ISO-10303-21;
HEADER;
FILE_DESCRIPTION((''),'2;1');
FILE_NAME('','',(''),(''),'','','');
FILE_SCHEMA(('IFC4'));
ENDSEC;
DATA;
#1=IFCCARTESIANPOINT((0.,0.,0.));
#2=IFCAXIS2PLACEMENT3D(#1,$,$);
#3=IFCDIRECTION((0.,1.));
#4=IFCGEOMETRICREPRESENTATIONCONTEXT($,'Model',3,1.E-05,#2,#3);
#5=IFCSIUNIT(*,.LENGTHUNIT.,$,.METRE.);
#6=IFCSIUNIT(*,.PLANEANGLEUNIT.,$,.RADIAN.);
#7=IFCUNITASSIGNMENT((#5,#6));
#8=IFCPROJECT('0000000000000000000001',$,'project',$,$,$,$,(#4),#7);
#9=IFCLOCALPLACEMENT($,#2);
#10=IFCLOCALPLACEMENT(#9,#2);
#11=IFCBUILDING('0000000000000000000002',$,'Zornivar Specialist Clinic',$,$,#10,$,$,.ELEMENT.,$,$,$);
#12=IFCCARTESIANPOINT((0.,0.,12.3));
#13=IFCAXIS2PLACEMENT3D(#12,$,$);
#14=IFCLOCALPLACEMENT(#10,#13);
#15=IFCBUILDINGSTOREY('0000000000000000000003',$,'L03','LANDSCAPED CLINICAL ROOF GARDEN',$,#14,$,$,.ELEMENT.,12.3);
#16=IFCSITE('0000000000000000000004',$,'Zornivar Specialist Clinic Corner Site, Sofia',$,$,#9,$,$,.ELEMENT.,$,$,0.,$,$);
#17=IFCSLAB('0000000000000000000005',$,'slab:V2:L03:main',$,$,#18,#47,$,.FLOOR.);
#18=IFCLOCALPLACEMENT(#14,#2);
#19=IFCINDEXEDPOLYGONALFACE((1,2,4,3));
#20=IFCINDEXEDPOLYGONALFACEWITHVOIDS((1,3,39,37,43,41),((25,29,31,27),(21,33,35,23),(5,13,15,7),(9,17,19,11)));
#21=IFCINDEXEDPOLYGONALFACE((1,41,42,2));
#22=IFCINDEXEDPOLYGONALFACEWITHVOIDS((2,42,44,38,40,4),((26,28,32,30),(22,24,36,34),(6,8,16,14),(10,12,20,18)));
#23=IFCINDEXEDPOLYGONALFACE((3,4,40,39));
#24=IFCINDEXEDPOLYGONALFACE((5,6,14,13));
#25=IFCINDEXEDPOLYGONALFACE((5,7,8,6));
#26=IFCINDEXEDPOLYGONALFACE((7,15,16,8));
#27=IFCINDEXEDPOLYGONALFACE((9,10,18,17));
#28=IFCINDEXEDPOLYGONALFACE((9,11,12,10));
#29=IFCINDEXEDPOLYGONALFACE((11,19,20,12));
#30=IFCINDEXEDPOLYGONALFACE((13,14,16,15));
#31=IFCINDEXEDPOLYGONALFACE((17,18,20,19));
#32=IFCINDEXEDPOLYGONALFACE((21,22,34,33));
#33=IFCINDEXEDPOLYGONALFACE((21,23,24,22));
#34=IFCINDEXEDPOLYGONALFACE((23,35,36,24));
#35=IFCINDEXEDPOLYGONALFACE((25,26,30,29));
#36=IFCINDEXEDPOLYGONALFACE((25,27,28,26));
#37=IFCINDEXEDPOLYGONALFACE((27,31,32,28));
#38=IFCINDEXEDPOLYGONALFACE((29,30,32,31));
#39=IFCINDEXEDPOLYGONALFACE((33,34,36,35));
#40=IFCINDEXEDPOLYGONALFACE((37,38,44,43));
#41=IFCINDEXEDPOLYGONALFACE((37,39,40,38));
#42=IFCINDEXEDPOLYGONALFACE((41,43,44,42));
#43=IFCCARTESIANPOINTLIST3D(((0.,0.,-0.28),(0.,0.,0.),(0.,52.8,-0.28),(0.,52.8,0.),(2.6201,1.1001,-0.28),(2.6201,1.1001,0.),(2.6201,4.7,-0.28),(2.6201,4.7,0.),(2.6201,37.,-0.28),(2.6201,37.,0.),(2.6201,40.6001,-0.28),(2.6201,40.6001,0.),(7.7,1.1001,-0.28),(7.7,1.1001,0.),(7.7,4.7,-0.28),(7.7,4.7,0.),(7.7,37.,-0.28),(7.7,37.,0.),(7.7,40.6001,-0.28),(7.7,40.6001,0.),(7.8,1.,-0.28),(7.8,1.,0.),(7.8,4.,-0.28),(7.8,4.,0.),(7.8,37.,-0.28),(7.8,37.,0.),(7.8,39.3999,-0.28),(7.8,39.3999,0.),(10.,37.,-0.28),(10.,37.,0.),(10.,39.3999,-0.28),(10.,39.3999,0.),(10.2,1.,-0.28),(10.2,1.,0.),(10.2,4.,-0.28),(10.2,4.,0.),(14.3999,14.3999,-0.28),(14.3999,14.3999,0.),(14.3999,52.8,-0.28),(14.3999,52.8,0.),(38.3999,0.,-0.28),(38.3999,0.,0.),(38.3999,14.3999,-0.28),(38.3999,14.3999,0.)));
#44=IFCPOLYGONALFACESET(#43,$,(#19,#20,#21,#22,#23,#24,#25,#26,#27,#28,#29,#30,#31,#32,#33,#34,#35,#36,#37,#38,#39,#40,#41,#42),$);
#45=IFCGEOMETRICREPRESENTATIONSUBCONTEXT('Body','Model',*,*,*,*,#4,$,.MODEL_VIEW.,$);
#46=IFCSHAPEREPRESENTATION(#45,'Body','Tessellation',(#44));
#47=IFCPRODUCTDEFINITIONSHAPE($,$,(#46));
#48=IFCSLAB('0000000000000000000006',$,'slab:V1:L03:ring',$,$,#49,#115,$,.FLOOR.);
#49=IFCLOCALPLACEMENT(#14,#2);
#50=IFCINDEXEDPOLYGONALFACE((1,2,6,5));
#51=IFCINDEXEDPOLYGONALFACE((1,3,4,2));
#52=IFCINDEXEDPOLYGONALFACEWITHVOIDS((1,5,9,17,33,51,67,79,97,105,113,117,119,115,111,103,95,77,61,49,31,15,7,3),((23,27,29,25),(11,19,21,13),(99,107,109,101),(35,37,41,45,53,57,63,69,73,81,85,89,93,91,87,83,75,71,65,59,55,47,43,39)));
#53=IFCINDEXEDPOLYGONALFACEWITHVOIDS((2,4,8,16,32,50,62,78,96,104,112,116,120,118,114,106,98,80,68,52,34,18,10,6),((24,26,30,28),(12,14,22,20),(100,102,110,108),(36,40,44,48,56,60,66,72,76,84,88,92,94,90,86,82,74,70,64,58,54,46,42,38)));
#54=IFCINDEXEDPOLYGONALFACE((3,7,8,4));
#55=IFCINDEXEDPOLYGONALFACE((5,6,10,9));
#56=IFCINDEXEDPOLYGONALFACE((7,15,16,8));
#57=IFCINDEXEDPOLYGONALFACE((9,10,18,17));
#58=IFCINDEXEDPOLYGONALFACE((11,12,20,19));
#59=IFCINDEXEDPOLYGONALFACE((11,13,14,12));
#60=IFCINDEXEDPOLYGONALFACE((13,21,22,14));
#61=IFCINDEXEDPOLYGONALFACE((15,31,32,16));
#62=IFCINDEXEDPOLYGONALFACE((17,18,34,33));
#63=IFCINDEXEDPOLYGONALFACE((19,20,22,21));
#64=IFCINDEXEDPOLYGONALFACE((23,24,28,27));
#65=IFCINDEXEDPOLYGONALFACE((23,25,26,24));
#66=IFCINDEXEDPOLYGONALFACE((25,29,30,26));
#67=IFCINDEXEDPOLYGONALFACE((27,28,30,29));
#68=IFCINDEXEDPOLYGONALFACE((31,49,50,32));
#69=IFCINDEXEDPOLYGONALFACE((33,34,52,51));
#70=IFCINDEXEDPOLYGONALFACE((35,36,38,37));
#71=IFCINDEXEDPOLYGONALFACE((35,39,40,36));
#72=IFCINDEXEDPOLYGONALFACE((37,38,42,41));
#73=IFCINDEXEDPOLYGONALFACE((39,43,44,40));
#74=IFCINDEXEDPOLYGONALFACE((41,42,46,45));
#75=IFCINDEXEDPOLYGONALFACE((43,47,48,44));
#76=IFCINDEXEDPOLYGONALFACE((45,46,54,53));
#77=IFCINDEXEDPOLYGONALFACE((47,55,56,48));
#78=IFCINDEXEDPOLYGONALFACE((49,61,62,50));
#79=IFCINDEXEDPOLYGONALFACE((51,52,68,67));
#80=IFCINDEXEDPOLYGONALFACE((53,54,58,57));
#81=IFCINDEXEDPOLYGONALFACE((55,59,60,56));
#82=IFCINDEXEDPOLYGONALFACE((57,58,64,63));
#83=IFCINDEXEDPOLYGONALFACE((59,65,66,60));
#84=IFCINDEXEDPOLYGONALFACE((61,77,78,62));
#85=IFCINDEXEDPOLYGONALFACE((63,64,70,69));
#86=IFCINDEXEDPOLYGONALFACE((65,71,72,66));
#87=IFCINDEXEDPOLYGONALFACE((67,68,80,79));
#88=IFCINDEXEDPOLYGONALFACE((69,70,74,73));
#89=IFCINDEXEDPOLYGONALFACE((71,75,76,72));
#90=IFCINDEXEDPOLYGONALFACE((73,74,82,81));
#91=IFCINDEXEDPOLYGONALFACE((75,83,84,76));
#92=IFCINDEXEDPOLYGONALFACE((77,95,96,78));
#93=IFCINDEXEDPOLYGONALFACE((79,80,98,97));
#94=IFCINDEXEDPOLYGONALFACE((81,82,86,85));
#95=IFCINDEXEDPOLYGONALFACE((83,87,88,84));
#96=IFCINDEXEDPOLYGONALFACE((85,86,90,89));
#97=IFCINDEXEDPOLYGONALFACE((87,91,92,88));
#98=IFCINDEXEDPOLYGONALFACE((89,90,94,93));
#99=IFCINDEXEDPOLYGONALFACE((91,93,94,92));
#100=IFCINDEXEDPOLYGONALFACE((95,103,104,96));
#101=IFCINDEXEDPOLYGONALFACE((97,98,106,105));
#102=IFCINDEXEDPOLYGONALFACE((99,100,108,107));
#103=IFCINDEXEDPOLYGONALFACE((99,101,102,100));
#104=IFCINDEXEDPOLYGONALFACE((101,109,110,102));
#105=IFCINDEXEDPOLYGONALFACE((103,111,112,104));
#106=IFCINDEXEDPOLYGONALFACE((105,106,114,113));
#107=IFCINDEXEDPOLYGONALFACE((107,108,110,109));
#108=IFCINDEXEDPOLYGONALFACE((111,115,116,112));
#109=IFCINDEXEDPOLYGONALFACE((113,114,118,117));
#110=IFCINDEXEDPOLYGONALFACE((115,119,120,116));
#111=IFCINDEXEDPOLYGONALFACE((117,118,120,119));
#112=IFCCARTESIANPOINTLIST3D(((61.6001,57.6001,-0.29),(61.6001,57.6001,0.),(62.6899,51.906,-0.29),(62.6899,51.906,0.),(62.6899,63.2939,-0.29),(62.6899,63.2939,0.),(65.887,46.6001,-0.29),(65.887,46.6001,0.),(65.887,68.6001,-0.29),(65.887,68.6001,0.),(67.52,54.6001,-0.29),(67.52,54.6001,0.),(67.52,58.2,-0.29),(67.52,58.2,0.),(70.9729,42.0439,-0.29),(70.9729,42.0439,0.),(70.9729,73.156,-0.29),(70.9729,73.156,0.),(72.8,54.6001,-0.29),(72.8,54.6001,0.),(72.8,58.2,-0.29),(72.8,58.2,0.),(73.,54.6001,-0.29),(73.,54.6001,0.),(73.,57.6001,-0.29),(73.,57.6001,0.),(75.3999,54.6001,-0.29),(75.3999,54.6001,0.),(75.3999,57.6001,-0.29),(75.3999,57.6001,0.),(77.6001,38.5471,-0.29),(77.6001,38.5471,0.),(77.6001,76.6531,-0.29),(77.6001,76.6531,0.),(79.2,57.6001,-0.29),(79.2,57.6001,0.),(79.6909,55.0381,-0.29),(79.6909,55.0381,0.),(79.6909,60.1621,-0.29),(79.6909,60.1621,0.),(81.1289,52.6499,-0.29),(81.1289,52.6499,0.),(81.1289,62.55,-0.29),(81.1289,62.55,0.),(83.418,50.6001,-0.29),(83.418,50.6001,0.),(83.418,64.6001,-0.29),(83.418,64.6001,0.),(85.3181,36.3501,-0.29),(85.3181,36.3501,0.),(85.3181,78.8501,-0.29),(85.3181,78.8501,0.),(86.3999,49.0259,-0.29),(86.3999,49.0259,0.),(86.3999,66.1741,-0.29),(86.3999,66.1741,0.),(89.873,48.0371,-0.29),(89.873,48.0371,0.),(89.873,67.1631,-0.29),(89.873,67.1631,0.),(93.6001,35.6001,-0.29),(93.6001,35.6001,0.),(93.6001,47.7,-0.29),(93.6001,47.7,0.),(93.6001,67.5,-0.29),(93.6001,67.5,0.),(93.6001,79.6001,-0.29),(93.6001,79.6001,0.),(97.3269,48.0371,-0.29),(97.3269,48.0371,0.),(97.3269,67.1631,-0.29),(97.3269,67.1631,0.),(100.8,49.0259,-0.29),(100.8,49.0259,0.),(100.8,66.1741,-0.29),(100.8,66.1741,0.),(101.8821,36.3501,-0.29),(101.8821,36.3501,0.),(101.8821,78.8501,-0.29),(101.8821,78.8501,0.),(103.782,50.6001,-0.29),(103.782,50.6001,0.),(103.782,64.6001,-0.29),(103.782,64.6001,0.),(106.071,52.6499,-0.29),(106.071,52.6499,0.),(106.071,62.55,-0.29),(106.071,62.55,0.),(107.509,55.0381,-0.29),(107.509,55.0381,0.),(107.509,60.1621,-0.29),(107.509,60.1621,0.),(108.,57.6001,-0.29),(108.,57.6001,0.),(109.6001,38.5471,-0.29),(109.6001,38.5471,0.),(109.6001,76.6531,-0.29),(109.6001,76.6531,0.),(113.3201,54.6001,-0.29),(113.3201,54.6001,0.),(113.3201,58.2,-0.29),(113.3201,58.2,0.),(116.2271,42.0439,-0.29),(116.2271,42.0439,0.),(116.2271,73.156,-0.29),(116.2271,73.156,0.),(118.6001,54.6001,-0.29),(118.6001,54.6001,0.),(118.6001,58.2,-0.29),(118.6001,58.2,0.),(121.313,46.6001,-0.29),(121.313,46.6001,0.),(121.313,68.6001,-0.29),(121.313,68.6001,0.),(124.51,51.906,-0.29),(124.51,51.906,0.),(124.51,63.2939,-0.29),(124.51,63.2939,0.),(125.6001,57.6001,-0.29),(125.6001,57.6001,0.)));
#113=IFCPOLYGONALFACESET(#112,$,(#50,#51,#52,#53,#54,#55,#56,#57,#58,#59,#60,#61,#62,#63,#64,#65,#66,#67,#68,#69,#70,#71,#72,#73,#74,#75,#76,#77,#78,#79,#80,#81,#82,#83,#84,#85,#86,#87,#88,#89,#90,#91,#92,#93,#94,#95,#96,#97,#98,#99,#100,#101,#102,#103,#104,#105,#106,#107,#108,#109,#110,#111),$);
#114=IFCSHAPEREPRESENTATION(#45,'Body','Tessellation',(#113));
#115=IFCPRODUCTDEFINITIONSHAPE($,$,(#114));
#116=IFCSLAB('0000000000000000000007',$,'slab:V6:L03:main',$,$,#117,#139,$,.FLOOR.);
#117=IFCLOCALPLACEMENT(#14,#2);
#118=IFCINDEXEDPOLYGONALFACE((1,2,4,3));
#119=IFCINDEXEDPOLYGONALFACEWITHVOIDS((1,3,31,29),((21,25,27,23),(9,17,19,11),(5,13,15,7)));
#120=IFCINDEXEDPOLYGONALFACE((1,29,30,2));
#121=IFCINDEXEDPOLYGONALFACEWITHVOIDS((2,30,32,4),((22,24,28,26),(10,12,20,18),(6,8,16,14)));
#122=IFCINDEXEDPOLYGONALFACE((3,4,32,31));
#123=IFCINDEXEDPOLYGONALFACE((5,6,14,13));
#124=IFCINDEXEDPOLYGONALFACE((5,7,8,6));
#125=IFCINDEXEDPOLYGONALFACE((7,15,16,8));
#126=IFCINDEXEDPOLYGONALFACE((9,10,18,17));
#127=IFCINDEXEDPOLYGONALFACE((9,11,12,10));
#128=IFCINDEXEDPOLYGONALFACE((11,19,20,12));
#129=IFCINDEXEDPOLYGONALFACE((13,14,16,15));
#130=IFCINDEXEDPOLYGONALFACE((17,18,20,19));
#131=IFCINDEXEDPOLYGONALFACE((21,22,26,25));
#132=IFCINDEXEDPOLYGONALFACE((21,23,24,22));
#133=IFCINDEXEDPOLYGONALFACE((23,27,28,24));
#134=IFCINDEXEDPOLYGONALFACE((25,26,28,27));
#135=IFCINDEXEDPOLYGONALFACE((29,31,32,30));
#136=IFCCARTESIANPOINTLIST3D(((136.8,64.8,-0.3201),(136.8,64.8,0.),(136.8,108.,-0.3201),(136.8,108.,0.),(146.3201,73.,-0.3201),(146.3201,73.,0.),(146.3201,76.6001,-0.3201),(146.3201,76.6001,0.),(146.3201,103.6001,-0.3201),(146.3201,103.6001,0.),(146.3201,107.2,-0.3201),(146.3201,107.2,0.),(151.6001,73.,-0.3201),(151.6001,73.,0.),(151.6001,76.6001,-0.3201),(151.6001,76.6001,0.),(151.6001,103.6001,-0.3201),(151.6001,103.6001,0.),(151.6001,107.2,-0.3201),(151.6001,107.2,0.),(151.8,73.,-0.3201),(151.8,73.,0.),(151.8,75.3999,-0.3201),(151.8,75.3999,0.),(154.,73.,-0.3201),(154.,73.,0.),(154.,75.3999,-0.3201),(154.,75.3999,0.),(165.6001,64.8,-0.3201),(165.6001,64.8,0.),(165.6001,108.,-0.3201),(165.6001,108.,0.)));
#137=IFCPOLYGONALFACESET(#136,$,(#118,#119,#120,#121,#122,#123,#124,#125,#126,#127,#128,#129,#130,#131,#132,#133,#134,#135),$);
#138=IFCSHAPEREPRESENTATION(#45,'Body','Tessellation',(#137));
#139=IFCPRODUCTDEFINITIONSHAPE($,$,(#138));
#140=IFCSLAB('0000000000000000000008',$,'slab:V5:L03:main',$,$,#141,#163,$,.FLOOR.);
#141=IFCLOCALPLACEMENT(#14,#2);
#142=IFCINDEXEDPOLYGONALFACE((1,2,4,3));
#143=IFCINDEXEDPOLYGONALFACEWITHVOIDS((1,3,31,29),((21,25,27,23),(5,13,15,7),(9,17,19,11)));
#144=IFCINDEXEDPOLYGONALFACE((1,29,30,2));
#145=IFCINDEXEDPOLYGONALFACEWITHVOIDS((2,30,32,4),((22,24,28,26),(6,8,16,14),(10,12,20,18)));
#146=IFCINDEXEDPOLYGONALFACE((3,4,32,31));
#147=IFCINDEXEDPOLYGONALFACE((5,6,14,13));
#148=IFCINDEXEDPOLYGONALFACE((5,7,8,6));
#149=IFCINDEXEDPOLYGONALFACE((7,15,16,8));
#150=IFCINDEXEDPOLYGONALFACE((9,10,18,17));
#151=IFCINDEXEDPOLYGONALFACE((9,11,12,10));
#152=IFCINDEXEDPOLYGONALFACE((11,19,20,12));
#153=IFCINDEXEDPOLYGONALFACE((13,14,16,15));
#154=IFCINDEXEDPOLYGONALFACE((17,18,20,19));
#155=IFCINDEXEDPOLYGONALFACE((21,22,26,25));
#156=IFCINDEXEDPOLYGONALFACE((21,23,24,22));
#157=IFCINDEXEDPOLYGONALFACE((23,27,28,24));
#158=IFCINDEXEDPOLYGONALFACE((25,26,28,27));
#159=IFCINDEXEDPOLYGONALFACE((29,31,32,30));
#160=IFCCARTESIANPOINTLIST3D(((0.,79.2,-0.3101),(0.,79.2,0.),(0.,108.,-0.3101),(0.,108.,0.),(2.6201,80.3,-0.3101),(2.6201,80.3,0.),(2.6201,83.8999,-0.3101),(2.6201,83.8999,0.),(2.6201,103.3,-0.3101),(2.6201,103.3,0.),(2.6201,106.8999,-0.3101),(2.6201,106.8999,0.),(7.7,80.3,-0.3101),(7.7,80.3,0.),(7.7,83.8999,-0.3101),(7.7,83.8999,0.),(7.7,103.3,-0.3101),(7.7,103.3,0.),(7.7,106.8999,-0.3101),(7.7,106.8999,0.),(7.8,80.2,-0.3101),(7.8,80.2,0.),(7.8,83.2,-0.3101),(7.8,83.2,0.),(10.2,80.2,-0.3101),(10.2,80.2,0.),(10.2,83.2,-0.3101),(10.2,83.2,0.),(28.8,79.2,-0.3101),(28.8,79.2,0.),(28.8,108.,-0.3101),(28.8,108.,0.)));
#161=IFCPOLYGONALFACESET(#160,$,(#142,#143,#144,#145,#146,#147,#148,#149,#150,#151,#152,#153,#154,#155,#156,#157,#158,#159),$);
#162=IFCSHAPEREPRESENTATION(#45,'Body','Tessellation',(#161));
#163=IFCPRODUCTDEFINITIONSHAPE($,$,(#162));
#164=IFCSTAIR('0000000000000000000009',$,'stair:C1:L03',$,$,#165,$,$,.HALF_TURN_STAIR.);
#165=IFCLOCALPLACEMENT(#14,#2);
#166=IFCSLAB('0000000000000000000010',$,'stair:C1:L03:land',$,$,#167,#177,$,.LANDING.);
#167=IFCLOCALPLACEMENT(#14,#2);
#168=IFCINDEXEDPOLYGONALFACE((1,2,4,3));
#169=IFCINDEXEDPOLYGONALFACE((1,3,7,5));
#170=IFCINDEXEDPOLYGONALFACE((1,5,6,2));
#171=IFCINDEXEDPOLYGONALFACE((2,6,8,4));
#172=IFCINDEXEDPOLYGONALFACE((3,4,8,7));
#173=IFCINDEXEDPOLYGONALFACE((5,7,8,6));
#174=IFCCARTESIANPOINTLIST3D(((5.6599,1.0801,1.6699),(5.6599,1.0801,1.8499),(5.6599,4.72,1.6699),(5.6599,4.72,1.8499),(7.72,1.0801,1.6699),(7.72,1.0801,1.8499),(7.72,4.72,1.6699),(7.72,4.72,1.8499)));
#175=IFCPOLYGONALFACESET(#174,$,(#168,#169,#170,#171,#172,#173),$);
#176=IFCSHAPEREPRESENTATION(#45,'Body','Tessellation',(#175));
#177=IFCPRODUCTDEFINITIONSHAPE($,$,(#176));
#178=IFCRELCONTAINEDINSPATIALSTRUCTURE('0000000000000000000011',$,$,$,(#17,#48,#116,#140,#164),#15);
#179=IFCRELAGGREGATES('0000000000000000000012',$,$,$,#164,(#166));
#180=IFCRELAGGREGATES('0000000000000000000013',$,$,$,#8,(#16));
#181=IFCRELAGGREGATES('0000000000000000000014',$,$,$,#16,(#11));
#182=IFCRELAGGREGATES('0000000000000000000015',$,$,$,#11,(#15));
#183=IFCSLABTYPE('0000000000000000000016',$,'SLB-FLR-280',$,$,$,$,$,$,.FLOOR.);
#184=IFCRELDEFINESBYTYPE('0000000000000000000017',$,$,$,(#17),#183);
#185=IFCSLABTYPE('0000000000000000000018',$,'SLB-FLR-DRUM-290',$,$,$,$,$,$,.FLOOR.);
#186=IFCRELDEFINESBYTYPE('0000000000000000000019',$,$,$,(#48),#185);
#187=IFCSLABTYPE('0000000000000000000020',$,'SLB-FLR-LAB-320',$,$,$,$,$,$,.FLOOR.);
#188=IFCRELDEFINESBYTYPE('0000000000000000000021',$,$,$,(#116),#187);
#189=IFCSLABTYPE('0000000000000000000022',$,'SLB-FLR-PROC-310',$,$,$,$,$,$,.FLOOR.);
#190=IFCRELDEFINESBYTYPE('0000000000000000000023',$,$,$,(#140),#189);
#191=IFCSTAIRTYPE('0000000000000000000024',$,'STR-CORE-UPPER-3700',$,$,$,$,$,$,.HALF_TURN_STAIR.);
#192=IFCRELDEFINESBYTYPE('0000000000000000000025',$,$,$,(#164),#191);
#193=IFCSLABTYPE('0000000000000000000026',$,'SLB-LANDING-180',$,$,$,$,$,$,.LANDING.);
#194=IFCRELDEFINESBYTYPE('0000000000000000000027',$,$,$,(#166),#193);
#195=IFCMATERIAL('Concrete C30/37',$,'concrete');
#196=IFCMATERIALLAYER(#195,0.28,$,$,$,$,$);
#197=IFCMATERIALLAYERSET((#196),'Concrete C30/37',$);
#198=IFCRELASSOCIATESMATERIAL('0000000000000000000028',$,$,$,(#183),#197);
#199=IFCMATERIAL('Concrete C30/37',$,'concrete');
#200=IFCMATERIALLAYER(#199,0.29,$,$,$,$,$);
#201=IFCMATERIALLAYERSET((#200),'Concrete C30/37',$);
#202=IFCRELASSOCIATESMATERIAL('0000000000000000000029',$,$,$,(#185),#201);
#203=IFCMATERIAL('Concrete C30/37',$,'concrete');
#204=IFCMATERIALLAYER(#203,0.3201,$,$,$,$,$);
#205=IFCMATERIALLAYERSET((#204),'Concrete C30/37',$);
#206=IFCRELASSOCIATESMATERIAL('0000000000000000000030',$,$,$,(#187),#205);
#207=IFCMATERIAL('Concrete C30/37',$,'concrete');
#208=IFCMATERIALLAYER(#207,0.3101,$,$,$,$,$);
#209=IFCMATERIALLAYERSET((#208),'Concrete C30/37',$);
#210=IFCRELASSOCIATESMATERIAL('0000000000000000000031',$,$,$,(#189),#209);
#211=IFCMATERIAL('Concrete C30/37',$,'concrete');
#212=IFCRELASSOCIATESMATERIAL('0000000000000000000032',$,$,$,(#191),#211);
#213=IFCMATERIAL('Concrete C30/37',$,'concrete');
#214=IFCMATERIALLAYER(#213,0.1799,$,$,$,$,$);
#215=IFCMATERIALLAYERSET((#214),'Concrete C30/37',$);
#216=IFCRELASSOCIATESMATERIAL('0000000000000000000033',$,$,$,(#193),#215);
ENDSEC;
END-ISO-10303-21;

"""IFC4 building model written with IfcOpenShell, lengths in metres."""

from ifc_helpers import new_model, si_unit, direction, frame, origin, place, context, subcontext, project, spatial, polyline, outline, extrude, material, layer, layer_set, type_object, element, aggregate, save


model = new_model("IFC4")

# Units and contexts
model_context = context("Model", 3, precision=1e-05, world=origin(), true_north=direction((0.0, 1.0)))
body_context = subcontext(model_context, "Body", "Model", "MODEL_VIEW")
ifc_project = project(units=[si_unit("LENGTHUNIT", "METRE"), si_unit("PLANEANGLEUNIT", "RADIAN")], contexts=[model_context])

# Site, building, storey
site_placement = place(None, origin())
site = spatial("IfcSite", under=ifc_project, at=site_placement, Name="Zornivar Specialist Clinic Corner Site, Sofia", CompositionType="ELEMENT", RefElevation=0.0)
building_placement = place(site_placement, origin())
building = spatial("IfcBuilding", under=site, at=building_placement, Name="Zornivar Specialist Clinic", CompositionType="ELEMENT")
storey_placement = place(building_placement, frame((0.0, 0.0, 12.3)))
storey = spatial("IfcBuildingStorey", under=building, at=storey_placement, Name="L03", Description="LANDSCAPED CLINICAL ROOF GARDEN", CompositionType="ELEMENT", Elevation=12.3)

# Slabs
ifc_material_1 = material(Name="Concrete C30/37", Category="concrete")
ifc_layer_1 = layer(ifc_material_1, 0.28)
ifc_layer_set_1 = layer_set([ifc_layer_1], Name="Concrete C30/37")
slab_type_1 = type_object("IfcSlabType", Name="SLB-FLR-280", PredefinedType="FLOOR", material=ifc_layer_set_1)
slab_1_placement = place(storey_placement, frame((0.0, 0.0, -0.28)))
element("IfcSlab", 1, at=slab_1_placement, inside=storey, type_object=slab_type_1, Name="slab:V2:L03:main", PredefinedType="FLOOR", context=body_context, shape_type="SweptSolid", body=[
    extrude(outline(polyline([(0.0, 0.0), (38.3999, 0.0), (38.3999, 14.3999), (14.3999, 14.3999), (14.3999, 52.8), (0.0, 52.8), (0.0, 0.0)]), holes=[polyline([(2.6201, 1.1001), (7.7, 1.1001), (7.7, 4.7), (2.6201, 4.7), (2.6201, 1.1001)]), polyline([(7.8, 1.0), (10.2, 1.0), (10.2, 4.0), (7.8, 4.0), (7.8, 1.0)]), polyline([(2.6201, 37.0), (7.7, 37.0), (7.7, 40.6001), (2.6201, 40.6001), (2.6201, 37.0)]), polyline([(7.8, 37.0), (10.0, 37.0), (10.0, 39.3999), (7.8, 39.3999), (7.8, 37.0)])]), origin(), (0.0, 0.0, 1.0), 0.28),
])
ifc_material_2 = material(Name="Concrete C30/37", Category="concrete")
ifc_layer_2 = layer(ifc_material_2, 0.29)
ifc_layer_set_2 = layer_set([ifc_layer_2], Name="Concrete C30/37")
slab_type_2 = type_object("IfcSlabType", Name="SLB-FLR-DRUM-290", PredefinedType="FLOOR", material=ifc_layer_set_2)
slab_2_placement = place(storey_placement, frame((0.0, 0.0, -0.29)))
element("IfcSlab", 2, at=slab_2_placement, inside=storey, type_object=slab_type_2, Name="slab:V1:L03:ring", PredefinedType="FLOOR", context=body_context, shape_type="SweptSolid", body=[
    extrude(outline(polyline([(125.6001, 57.6001), (124.51, 63.2939), (121.313, 68.6001), (116.2271, 73.156), (109.6001, 76.6531), (101.8821, 78.8501), (93.6001, 79.6001), (85.3181, 78.8501), (77.6001, 76.6531), (70.9729, 73.156), (65.887, 68.6001), (62.6899, 63.2939), (61.6001, 57.6001), (62.6899, 51.906), (65.887, 46.6001), (70.9729, 42.0439), (77.6001, 38.5471), (85.3181, 36.3501), (93.6001, 35.6001), (101.8821, 36.3501), (109.6001, 38.5471), (116.2271, 42.0439), (121.313, 46.6001), (124.51, 51.906), (125.6001, 57.6001)]), holes=[polyline([(108.0, 57.6001), (107.509, 60.1621), (106.071, 62.55), (103.782, 64.6001), (100.8, 66.1741), (97.3269, 67.1631), (93.6001, 67.5), (89.873, 67.1631), (86.3999, 66.1741), (83.418, 64.6001), (81.1289, 62.55), (79.6909, 60.1621), (79.2, 57.6001), (79.6909, 55.0381), (81.1289, 52.6499), (83.418, 50.6001), (86.3999, 49.0259), (89.873, 48.0371), (93.6001, 47.7), (97.3269, 48.0371), (100.8, 49.0259), (103.782, 50.6001), (106.071, 52.6499), (107.509, 55.0381), (108.0, 57.6001)]), polyline([(67.52, 54.6001), (72.8, 54.6001), (72.8, 58.2), (67.52, 58.2), (67.52, 54.6001)]), polyline([(73.0, 54.6001), (75.3999, 54.6001), (75.3999, 57.6001), (73.0, 57.6001), (73.0, 54.6001)]), polyline([(113.3201, 54.6001), (118.6001, 54.6001), (118.6001, 58.2), (113.3201, 58.2), (113.3201, 54.6001)])]), origin(), (0.0, 0.0, 1.0), 0.29),
])
ifc_material_3 = material(Name="Concrete C30/37", Category="concrete")
ifc_layer_3 = layer(ifc_material_3, 0.3201)
ifc_layer_set_3 = layer_set([ifc_layer_3], Name="Concrete C30/37")
slab_type_3 = type_object("IfcSlabType", Name="SLB-FLR-LAB-320", PredefinedType="FLOOR", material=ifc_layer_set_3)
slab_3_placement = place(storey_placement, frame((0.0, 0.0, -0.3201)))
element("IfcSlab", 3, at=slab_3_placement, inside=storey, type_object=slab_type_3, Name="slab:V6:L03:main", PredefinedType="FLOOR", context=body_context, shape_type="SweptSolid", body=[
    extrude(outline(polyline([(136.8, 64.8), (165.6001, 64.8), (165.6001, 108.0), (136.8, 108.0), (136.8, 64.8)]), holes=[polyline([(146.3201, 73.0), (151.6001, 73.0), (151.6001, 76.6001), (146.3201, 76.6001), (146.3201, 73.0)]), polyline([(151.8, 73.0), (154.0, 73.0), (154.0, 75.3999), (151.8, 75.3999), (151.8, 73.0)]), polyline([(146.3201, 103.6001), (151.6001, 103.6001), (151.6001, 107.2), (146.3201, 107.2), (146.3201, 103.6001)])]), origin(), (0.0, 0.0, 1.0), 0.3201),
])
ifc_material_4 = material(Name="Concrete C30/37", Category="concrete")
ifc_layer_4 = layer(ifc_material_4, 0.3101)
ifc_layer_set_4 = layer_set([ifc_layer_4], Name="Concrete C30/37")
slab_type_4 = type_object("IfcSlabType", Name="SLB-FLR-PROC-310", PredefinedType="FLOOR", material=ifc_layer_set_4)
slab_4_placement = place(storey_placement, frame((0.0, 0.0, -0.3101)))
element("IfcSlab", 4, at=slab_4_placement, inside=storey, type_object=slab_type_4, Name="slab:V5:L03:main", PredefinedType="FLOOR", context=body_context, shape_type="SweptSolid", body=[
    extrude(outline(polyline([(0.0, 79.2), (28.8, 79.2), (28.8, 108.0), (0.0, 108.0), (0.0, 79.2)]), holes=[polyline([(2.6201, 80.3), (7.7, 80.3), (7.7, 83.8999), (2.6201, 83.8999), (2.6201, 80.3)]), polyline([(7.8, 80.2), (10.2, 80.2), (10.2, 83.2), (7.8, 83.2), (7.8, 80.2)]), polyline([(2.6201, 103.3), (7.7, 103.3), (7.7, 106.8999), (2.6201, 106.8999), (2.6201, 103.3)])]), origin(), (0.0, 0.0, 1.0), 0.3101),
])

# Stair, slab
ifc_material_5 = material(Name="Concrete C30/37", Category="concrete")
stair_type = type_object("IfcStairType", Name="STR-CORE-UPPER-3700", PredefinedType="HALF_TURN_STAIR", material=ifc_material_5)
stair_1_placement = place(storey_placement, origin())
stair_1 = element("IfcStair", 5, at=stair_1_placement, inside=storey, type_object=stair_type, Name="stair:C1:L03", PredefinedType="HALF_TURN_STAIR")
ifc_material_6 = material(Name="Concrete C30/37", Category="concrete")
ifc_layer_5 = layer(ifc_material_6, 0.1799)
ifc_layer_set_5 = layer_set([ifc_layer_5], Name="Concrete C30/37")
slab_type_5 = type_object("IfcSlabType", Name="SLB-LANDING-180", PredefinedType="LANDING", material=ifc_layer_set_5)
slab_5_placement = place(storey_placement, frame((0.0, 0.0, 1.6699)))
slab_5 = element("IfcSlab", 6, at=slab_5_placement, type_object=slab_type_5, Name="stair:C1:L03:land", PredefinedType="LANDING", context=body_context, shape_type="SweptSolid", body=[
    extrude(outline(polyline([(5.6599, 1.0801), (7.72, 1.0801), (7.72, 4.72), (5.6599, 4.72), (5.6599, 1.0801)])), origin(), (0.0, 0.0, 1.0), 0.1799),
])
aggregate(stair_1, [slab_5])

save(model, "model.ifc")
